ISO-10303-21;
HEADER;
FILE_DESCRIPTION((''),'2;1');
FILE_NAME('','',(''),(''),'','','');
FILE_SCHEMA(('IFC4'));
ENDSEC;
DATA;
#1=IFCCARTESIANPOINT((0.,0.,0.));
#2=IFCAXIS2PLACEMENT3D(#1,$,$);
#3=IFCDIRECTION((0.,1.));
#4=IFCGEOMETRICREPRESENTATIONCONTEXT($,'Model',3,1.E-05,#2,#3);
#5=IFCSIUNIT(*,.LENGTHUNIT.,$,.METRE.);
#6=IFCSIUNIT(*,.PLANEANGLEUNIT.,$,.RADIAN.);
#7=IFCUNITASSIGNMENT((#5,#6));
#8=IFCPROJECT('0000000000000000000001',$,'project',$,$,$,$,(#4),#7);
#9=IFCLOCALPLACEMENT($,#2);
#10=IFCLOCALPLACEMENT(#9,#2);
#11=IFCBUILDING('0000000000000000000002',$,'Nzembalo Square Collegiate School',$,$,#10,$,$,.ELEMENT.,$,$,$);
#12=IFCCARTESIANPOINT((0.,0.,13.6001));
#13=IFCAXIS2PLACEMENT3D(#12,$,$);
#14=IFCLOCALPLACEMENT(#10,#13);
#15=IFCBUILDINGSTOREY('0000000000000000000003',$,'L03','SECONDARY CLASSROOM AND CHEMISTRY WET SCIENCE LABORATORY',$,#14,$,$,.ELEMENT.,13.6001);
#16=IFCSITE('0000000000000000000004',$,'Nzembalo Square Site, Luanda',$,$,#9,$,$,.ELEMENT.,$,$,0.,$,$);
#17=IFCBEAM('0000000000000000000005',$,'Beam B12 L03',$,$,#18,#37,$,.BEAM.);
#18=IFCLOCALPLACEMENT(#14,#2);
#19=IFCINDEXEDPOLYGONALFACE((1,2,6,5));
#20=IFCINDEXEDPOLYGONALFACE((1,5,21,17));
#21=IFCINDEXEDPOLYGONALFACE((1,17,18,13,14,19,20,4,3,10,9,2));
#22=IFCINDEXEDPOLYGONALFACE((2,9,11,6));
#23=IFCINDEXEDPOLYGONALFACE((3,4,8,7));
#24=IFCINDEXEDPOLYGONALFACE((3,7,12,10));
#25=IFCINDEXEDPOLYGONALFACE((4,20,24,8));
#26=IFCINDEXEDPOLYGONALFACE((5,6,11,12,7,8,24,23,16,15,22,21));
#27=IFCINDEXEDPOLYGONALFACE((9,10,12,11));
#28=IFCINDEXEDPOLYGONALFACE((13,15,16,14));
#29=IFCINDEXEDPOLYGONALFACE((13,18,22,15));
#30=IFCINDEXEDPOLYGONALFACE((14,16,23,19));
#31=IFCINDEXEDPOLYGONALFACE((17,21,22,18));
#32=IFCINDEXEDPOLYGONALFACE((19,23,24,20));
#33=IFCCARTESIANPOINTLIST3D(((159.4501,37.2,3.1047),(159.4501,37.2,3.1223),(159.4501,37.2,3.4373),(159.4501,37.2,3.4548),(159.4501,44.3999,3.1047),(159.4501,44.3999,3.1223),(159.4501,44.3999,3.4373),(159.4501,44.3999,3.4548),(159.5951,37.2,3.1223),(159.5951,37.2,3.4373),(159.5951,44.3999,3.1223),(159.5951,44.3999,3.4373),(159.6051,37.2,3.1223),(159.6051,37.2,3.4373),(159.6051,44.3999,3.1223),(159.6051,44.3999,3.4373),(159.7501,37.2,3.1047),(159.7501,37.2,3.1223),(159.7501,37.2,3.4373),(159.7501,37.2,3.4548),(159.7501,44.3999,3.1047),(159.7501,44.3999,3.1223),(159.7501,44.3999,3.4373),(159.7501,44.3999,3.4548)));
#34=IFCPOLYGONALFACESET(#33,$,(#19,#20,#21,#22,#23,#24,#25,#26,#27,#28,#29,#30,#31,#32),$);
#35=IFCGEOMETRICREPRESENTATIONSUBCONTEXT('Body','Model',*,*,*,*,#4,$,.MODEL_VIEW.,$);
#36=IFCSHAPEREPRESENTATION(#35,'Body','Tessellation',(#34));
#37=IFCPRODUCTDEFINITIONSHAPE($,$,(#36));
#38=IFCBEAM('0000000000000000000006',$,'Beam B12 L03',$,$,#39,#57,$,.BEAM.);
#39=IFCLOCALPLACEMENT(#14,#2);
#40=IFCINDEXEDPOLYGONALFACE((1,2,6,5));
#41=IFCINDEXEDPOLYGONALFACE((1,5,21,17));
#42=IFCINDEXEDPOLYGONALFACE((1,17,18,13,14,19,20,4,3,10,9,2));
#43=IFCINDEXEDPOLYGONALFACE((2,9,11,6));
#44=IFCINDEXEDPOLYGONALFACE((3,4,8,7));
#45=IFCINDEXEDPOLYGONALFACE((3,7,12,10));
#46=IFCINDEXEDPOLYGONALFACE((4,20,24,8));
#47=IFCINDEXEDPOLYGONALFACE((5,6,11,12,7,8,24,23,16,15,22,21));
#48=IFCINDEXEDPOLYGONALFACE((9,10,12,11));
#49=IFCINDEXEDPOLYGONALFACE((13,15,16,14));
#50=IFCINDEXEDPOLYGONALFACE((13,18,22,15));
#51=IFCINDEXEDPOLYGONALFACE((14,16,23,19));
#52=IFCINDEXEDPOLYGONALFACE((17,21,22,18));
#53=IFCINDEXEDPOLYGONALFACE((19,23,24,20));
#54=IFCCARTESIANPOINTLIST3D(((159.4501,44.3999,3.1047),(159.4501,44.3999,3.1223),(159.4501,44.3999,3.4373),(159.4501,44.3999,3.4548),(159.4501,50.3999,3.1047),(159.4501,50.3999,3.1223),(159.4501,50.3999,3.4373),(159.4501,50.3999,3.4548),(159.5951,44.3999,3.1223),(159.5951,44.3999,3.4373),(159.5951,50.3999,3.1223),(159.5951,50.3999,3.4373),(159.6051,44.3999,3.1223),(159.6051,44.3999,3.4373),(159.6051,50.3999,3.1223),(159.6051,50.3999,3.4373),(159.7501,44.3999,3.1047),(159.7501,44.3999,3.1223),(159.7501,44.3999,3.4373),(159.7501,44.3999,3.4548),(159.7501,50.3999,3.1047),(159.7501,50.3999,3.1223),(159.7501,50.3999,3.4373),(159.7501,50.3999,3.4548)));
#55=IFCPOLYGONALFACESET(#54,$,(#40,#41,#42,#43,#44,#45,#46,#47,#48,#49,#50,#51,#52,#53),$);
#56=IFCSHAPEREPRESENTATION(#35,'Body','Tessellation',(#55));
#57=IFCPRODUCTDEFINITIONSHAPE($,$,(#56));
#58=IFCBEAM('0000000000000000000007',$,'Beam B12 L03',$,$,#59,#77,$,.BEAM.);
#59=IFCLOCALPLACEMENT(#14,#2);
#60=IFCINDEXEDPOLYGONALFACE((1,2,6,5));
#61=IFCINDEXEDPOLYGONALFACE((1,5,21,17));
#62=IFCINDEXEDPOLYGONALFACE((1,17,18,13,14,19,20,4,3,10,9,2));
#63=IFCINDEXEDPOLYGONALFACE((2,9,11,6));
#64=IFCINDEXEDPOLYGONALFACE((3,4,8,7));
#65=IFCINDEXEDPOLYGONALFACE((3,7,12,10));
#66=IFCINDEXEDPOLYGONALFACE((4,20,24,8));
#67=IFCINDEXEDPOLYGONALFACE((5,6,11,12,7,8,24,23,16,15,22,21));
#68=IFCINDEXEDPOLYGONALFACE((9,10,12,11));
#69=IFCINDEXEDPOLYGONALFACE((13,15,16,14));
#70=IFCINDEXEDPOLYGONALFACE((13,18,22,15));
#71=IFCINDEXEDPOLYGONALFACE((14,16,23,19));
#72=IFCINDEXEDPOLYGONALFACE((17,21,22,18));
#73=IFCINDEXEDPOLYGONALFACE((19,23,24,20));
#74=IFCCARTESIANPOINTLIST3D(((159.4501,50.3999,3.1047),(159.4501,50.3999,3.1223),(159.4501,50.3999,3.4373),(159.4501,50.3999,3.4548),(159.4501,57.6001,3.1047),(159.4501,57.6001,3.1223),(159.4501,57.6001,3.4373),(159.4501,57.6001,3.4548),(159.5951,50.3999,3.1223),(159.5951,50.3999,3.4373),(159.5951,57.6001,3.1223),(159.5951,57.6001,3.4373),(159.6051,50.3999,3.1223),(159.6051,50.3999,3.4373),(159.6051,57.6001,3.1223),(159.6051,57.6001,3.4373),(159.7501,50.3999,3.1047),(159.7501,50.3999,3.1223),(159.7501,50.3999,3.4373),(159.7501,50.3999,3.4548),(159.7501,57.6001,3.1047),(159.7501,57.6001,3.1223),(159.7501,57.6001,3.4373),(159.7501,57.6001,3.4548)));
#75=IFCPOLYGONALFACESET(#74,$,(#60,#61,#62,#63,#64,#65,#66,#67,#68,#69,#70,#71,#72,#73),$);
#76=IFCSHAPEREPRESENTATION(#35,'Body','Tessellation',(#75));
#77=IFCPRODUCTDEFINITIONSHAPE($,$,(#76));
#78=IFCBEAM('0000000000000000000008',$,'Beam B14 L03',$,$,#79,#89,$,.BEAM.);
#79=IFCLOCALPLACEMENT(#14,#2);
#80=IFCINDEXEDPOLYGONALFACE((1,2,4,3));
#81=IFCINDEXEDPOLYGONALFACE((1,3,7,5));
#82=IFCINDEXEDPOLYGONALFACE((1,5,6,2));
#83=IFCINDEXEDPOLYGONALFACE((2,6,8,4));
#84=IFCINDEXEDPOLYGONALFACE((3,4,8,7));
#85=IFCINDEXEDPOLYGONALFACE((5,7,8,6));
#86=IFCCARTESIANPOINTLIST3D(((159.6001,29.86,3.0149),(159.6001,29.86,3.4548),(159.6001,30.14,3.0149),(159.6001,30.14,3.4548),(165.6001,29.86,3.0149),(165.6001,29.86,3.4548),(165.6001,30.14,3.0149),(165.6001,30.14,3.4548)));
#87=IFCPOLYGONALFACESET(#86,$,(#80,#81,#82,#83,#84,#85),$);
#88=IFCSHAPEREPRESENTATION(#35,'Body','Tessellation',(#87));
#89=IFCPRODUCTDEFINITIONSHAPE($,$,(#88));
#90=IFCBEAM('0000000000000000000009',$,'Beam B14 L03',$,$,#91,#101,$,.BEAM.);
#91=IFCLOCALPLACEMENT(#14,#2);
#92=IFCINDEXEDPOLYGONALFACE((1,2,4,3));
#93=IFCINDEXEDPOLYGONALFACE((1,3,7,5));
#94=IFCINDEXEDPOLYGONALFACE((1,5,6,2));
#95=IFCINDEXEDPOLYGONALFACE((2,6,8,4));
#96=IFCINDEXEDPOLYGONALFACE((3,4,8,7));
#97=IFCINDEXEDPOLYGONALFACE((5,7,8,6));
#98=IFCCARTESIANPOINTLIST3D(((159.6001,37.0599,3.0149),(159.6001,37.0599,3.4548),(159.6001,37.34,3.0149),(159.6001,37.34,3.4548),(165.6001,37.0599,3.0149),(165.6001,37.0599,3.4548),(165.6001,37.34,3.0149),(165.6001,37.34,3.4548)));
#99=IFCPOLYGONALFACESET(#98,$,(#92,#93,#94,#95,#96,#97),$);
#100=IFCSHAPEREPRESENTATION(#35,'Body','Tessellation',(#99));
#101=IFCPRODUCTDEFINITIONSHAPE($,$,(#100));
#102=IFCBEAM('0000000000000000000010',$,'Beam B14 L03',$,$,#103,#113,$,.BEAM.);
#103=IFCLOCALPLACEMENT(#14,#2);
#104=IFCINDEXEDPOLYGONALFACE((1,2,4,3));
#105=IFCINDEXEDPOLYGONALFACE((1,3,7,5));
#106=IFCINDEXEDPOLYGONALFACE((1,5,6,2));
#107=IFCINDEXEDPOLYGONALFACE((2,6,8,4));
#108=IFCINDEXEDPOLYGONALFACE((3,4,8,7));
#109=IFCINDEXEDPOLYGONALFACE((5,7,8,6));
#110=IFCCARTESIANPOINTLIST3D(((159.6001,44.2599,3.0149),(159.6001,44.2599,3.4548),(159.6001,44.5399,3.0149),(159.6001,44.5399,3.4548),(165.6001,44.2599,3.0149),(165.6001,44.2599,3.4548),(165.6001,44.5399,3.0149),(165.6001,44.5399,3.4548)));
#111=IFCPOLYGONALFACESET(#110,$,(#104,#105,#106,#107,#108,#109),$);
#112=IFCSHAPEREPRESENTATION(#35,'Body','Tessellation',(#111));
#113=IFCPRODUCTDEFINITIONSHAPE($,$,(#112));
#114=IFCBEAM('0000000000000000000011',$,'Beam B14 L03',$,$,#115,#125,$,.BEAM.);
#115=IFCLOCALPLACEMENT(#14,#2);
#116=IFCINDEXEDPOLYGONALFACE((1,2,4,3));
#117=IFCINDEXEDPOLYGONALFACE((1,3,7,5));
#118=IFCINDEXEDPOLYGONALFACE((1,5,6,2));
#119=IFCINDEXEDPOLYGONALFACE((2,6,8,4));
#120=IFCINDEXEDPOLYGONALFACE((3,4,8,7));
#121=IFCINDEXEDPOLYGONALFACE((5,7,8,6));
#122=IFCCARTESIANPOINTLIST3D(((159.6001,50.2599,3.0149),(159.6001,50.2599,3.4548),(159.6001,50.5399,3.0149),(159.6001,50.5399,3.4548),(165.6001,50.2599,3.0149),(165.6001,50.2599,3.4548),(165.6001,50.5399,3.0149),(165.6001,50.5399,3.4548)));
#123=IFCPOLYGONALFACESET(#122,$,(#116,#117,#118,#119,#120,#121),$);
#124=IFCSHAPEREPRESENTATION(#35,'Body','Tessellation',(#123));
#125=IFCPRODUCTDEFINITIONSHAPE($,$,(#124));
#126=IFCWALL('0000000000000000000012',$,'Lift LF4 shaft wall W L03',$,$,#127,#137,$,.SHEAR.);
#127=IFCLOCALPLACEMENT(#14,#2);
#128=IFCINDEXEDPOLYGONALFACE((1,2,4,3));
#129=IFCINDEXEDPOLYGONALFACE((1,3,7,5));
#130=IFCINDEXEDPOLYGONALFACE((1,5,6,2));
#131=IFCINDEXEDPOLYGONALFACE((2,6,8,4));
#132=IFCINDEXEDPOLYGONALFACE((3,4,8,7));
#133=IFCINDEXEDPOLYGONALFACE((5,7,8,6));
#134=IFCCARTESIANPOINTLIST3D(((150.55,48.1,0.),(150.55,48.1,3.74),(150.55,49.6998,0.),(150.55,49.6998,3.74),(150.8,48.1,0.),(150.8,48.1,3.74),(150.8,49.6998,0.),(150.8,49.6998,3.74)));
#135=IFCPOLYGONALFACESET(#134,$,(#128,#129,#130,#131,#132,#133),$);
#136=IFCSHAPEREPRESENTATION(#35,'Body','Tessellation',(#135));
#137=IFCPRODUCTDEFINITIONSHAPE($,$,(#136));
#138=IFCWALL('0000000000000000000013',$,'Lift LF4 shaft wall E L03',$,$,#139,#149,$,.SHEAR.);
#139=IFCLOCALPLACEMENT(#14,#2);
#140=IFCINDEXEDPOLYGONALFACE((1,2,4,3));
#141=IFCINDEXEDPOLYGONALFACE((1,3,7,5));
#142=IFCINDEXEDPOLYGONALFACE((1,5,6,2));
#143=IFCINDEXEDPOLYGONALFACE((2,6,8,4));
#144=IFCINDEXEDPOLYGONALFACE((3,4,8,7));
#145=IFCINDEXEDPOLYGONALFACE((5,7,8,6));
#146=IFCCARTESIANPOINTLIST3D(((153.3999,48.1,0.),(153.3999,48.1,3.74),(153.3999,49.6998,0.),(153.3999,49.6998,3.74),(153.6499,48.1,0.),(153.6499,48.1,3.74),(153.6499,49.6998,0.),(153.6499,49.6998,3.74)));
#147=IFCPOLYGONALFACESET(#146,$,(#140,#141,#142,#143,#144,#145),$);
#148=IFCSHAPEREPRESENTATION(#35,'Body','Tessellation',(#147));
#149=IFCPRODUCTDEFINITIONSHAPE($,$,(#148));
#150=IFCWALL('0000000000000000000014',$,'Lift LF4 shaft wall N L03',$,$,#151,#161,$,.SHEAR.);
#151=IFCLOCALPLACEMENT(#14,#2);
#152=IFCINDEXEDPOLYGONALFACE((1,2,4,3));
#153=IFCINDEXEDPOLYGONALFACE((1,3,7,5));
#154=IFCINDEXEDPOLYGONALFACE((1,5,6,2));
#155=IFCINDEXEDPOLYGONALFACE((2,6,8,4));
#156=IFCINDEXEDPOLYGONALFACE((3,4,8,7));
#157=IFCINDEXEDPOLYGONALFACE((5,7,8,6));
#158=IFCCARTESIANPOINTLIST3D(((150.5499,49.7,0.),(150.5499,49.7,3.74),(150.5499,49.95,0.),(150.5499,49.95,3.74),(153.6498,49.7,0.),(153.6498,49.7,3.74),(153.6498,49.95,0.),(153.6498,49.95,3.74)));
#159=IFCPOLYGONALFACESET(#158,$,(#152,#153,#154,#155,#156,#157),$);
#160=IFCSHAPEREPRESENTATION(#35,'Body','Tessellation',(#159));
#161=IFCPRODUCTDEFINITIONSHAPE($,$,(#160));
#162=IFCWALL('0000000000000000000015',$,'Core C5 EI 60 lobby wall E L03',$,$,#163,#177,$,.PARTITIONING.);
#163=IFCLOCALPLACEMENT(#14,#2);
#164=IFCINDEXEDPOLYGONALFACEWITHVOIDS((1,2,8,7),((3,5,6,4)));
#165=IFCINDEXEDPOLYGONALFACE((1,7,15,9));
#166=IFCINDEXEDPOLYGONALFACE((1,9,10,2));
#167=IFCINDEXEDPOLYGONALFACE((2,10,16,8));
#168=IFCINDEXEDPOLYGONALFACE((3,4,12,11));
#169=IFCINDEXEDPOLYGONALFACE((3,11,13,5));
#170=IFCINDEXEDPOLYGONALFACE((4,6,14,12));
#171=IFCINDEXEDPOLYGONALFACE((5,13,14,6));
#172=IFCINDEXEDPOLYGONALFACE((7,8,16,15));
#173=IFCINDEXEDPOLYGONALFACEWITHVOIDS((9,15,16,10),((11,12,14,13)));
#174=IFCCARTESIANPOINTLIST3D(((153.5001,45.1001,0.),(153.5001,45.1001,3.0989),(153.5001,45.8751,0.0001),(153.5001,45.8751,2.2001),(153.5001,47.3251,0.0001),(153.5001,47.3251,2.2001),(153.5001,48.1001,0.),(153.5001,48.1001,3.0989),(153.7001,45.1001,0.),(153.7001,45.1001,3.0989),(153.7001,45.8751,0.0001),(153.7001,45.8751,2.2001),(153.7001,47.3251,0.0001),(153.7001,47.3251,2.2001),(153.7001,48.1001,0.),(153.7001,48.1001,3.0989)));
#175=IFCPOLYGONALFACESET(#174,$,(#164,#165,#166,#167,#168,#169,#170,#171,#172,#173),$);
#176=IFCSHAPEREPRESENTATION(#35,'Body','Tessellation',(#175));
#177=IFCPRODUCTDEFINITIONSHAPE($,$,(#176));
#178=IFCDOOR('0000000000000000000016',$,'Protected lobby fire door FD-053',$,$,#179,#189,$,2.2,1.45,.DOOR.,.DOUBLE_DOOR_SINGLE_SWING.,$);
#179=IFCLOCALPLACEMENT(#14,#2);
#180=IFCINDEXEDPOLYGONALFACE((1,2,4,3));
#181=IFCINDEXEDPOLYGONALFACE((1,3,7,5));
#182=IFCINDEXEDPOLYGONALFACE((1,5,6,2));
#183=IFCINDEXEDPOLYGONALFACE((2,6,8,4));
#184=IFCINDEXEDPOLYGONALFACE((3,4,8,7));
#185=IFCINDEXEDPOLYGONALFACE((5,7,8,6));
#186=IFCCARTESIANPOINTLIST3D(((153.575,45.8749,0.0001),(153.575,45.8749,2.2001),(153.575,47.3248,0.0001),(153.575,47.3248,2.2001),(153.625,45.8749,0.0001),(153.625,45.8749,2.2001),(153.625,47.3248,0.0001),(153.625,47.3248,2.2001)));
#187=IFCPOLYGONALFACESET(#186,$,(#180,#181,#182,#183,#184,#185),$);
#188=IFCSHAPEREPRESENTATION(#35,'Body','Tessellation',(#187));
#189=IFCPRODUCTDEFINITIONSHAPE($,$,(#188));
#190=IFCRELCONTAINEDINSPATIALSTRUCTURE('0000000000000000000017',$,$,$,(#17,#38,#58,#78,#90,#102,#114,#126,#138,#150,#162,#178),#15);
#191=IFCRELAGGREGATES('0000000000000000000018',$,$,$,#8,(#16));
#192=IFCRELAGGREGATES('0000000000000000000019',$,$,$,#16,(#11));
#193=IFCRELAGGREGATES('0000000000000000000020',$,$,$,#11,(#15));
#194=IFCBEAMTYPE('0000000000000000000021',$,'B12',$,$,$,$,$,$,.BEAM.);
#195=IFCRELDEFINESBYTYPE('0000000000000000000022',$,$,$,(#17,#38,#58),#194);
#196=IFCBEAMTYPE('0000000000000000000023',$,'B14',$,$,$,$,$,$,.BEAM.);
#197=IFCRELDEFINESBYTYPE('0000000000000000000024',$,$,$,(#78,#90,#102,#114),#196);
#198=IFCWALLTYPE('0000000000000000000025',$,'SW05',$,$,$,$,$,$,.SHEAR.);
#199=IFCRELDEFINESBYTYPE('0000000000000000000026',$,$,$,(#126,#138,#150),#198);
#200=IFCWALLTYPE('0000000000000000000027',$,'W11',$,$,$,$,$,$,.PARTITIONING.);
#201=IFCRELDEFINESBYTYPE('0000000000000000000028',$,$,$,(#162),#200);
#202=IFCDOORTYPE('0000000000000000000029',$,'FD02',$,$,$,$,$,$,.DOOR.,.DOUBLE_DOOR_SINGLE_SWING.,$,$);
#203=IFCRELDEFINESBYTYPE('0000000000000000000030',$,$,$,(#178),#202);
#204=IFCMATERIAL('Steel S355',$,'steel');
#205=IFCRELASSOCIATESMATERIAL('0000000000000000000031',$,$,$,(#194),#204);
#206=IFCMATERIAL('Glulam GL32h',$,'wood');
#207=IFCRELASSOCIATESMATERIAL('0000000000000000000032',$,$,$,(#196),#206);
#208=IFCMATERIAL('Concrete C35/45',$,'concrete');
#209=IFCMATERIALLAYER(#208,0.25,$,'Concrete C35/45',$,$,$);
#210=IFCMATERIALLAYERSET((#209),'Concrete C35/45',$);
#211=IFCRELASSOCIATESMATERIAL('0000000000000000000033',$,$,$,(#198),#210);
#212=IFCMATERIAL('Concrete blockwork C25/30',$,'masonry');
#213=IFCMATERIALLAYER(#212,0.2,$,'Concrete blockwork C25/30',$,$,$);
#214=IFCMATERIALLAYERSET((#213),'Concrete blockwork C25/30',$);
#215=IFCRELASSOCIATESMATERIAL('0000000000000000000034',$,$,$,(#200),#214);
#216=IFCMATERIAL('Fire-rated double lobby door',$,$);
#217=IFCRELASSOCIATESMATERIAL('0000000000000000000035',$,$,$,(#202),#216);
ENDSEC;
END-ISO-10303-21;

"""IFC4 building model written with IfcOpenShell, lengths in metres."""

from ifc_helpers import new_model, si_unit, direction, frame, frame_2d, origin, origin_2d, place, context, subcontext, project, spatial, rectangle, i_section, extrude, material, layer, layer_set, material_profile, profile_set, type_object, element, fill, save


model = new_model("IFC4")

# Units and contexts
model_context = context("Model", 3, precision=1e-05, world=origin(), true_north=direction((0.0, 1.0)))
body_context = subcontext(model_context, "Body", "Model", "MODEL_VIEW")
ifc_project = project(units=[si_unit("LENGTHUNIT", "METRE"), si_unit("PLANEANGLEUNIT", "RADIAN")], contexts=[model_context])

# Site, building, storey
site_placement = place(None, origin())
site = spatial("IfcSite", under=ifc_project, at=site_placement, Name="Nzembalo Square Site, Luanda", CompositionType="ELEMENT", RefElevation=0.0)
building_placement = place(site_placement, origin())
building = spatial("IfcBuilding", under=site, at=building_placement, Name="Nzembalo Square Collegiate School", CompositionType="ELEMENT")
storey_placement = place(building_placement, frame((0.0, 0.0, 13.6001)))
storey = spatial("IfcBuildingStorey", under=building, at=storey_placement, Name="L03", Description="SECONDARY CLASSROOM AND CHEMISTRY WET SCIENCE LABORATORY", CompositionType="ELEMENT", Elevation=13.6001)

# Beams
ifc_material_1 = material(Name="Steel S355", Category="steel")
ifc_material_profile_1 = material_profile(ifc_material_1, i_section(OverallWidth=0.3, OverallDepth=0.3501, WebThickness=0.01, FlangeThickness=0.0176, at=origin_2d()), Name="HEA 360")
ifc_profile_set_1 = profile_set([ifc_material_profile_1], Name="Steel S355")
beam_type_1 = type_object("IfcBeamType", Name="B12", PredefinedType="BEAM", material=ifc_profile_set_1)
for number, where, z_axis, x_axis, name in (
    (1, (159.6001, 37.2, 3.2798), (0.0, 1.0, 0.0), (-1.0, 0.0, 0.0), "Beam B12 L03"),
):
    element("IfcBeam", number, at=place(storey_placement, frame(where, z_axis=z_axis, x_axis=x_axis)), inside=storey, type_object=beam_type_1, Name=name, PredefinedType="BEAM", context=body_context, shape_type="SweptSolid", body=[
        extrude(i_section(OverallWidth=0.3, OverallDepth=0.3501, WebThickness=0.01, FlangeThickness=0.0176, at=origin_2d()), origin(), (0.0, 0.0, 1.0), 7.2),
    ])
beam_1_placement = place(storey_placement, frame((159.6001, 44.3999, 3.2798), z_axis=(0.0, 1.0, 0.0), x_axis=(-1.0, 0.0, 0.0)))
element("IfcBeam", 2, at=beam_1_placement, inside=storey, type_object=beam_type_1, Name="Beam B12 L03", PredefinedType="BEAM", context=body_context, shape_type="SweptSolid", body=[
    extrude(i_section(OverallWidth=0.3, OverallDepth=0.3501, WebThickness=0.01, FlangeThickness=0.0176, at=origin_2d()), origin(), (0.0, 0.0, 1.0), 6.0),
])
beam_2_placement = place(storey_placement, frame((159.6001, 50.3999, 3.2798), z_axis=(0.0, 1.0, 0.0), x_axis=(-1.0, 0.0, 0.0)))
element("IfcBeam", 3, at=beam_2_placement, inside=storey, type_object=beam_type_1, Name="Beam B12 L03", PredefinedType="BEAM", context=body_context, shape_type="SweptSolid", body=[
    extrude(i_section(OverallWidth=0.3, OverallDepth=0.3501, WebThickness=0.01, FlangeThickness=0.0176, at=origin_2d()), origin(), (0.0, 0.0, 1.0), 7.2002),
])
ifc_material_2 = material(Name="Glulam GL32h", Category="wood")
ifc_material_profile_2 = material_profile(ifc_material_2, rectangle(XDim=0.28, YDim=0.4399, at=origin_2d()), Name="GL32h 280x440")
ifc_profile_set_2 = profile_set([ifc_material_profile_2], Name="Glulam GL32h")
beam_type_2 = type_object("IfcBeamType", Name="B14", PredefinedType="BEAM", material=ifc_profile_set_2)
for number, where, z_axis, x_axis, name in (
    (4, (159.6001, 30.0, 3.2349), (1.0, 0.0, 0.0), (0.0, 1.0, 0.0), "Beam B14 L03"),
    (5, (159.6001, 37.2, 3.2349), (1.0, 0.0, 0.0), (0.0, 1.0, 0.0), "Beam B14 L03"),
    (6, (159.6001, 44.3999, 3.2349), (1.0, 0.0, 0.0), (0.0, 1.0, 0.0), "Beam B14 L03"),
    (7, (159.6001, 50.3999, 3.2349), (1.0, 0.0, 0.0), (0.0, 1.0, 0.0), "Beam B14 L03"),
):
    element("IfcBeam", number, at=place(storey_placement, frame(where, z_axis=z_axis, x_axis=x_axis)), inside=storey, type_object=beam_type_2, Name=name, PredefinedType="BEAM", context=body_context, shape_type="SweptSolid", body=[
        extrude(rectangle(XDim=0.28, YDim=0.4399, at=origin_2d()), origin(), (0.0, 0.0, 1.0), 6.0),
    ])

# Walls
ifc_material_3 = material(Name="Concrete C35/45", Category="concrete")
ifc_layer_1 = layer(ifc_material_3, 0.25, Name="Concrete C35/45")
ifc_layer_set_1 = layer_set([ifc_layer_1], Name="Concrete C35/45")
wall_type_1 = type_object("IfcWallType", Name="SW05", PredefinedType="SHEAR", material=ifc_layer_set_1)
for number, where, z_axis, x_axis, name in (
    (8, (150.675, 48.1001, 0.0), (0.0, 0.0, 1.0), (0.0, 1.0, 0.0), "Lift LF4 shaft wall W L03"),
    (9, (153.5249, 48.1001, 0.0), (0.0, 0.0, 1.0), (0.0, 1.0, 0.0), "Lift LF4 shaft wall E L03"),
):
    element("IfcWall", number, at=place(storey_placement, frame(where, z_axis=z_axis, x_axis=x_axis)), inside=storey, type_object=wall_type_1, Name=name, PredefinedType="SHEAR", context=body_context, shape_type="SweptSolid", body=[
        extrude(rectangle(XDim=1.5999, YDim=0.25, at=frame_2d((0.7998, 0.0))), origin(), (0.0, 0.0, 1.0), 3.74),
    ])
wall_1_placement = place(storey_placement, frame((150.55, 49.825, 0.0), z_axis=(0.0, 0.0, 1.0), x_axis=(1.0, 0.0, 0.0)))
element("IfcWall", 10, at=wall_1_placement, inside=storey, type_object=wall_type_1, Name="Lift LF4 shaft wall N L03", PredefinedType="SHEAR", context=body_context, shape_type="SweptSolid", body=[
    extrude(rectangle(XDim=3.0999, YDim=0.25, at=frame_2d((1.5498, 0.0))), origin(), (0.0, 0.0, 1.0), 3.74),
])

# Wall, opening, door
ifc_material_4 = material(Name="Concrete blockwork C25/30", Category="masonry")
ifc_layer_2 = layer(ifc_material_4, 0.2, Name="Concrete blockwork C25/30")
ifc_layer_set_2 = layer_set([ifc_layer_2], Name="Concrete blockwork C25/30")
wall_type_2 = type_object("IfcWallType", Name="W11", PredefinedType="PARTITIONING", material=ifc_layer_set_2)
wall_2_placement = place(storey_placement, frame((153.6001, 45.1001, 0.0), z_axis=(0.0, 0.0, 1.0), x_axis=(0.0, 1.0, 0.0)))
wall_2 = element("IfcWall", 11, at=wall_2_placement, inside=storey, type_object=wall_type_2, Name="Core C5 EI 60 lobby wall E L03", PredefinedType="PARTITIONING", context=body_context, shape_type="SweptSolid", body=[
    extrude(rectangle(XDim=3.0, YDim=0.2, at=frame_2d((1.5, 0.0))), origin(), (0.0, 0.0, 1.0), 3.0989),
])
opening_1_placement = place(wall_2_placement, frame((0.7749, 0.0, 0.0)))
opening_1 = element("IfcOpeningElement", 12, at=opening_1_placement, cuts=wall_2, PredefinedType="OPENING", context=body_context, shape_type="SweptSolid", body=[
    extrude(rectangle(XDim=1.45, YDim=2.2, at=frame_2d((0.7251, 1.1001))), frame((0.0, 0.1099, 0.0), z_axis=(0.0, -1.0, 0.0), x_axis=(1.0, 0.0, 0.0)), (0.0, 0.0, 1.0), 0.22),
])
ifc_material_5 = material(Name="Fire-rated double lobby door")
door_type_1 = type_object("IfcDoorType", Name="FD02", OperationType="DOUBLE_DOOR_SINGLE_SWING", PredefinedType="DOOR", material=ifc_material_5)
door_1_placement = place(opening_1_placement, frame((1.45, 0.0, 0.0), z_axis=(0.0, 0.0, 1.0), x_axis=(-1.0, 0.0, 0.0)))
door_1 = element("IfcDoor", 13, at=door_1_placement, inside=storey, type_object=door_type_1, Name="Protected lobby fire door FD-053", OperationType="DOUBLE_DOOR_SINGLE_SWING", OverallHeight=2.2, OverallWidth=1.45, PredefinedType="DOOR", context=body_context, shape_type="SweptSolid", body=[
    extrude(rectangle(XDim=1.45, YDim=2.2, at=frame_2d((0.7251, 1.1001))), frame((0.0, 0.0249, 0.0), z_axis=(0.0, -1.0, 0.0), x_axis=(1.0, 0.0, 0.0)), (0.0, 0.0, 1.0), 0.05),
])
fill(opening_1, door_1)

save(model, "model.ifc")
